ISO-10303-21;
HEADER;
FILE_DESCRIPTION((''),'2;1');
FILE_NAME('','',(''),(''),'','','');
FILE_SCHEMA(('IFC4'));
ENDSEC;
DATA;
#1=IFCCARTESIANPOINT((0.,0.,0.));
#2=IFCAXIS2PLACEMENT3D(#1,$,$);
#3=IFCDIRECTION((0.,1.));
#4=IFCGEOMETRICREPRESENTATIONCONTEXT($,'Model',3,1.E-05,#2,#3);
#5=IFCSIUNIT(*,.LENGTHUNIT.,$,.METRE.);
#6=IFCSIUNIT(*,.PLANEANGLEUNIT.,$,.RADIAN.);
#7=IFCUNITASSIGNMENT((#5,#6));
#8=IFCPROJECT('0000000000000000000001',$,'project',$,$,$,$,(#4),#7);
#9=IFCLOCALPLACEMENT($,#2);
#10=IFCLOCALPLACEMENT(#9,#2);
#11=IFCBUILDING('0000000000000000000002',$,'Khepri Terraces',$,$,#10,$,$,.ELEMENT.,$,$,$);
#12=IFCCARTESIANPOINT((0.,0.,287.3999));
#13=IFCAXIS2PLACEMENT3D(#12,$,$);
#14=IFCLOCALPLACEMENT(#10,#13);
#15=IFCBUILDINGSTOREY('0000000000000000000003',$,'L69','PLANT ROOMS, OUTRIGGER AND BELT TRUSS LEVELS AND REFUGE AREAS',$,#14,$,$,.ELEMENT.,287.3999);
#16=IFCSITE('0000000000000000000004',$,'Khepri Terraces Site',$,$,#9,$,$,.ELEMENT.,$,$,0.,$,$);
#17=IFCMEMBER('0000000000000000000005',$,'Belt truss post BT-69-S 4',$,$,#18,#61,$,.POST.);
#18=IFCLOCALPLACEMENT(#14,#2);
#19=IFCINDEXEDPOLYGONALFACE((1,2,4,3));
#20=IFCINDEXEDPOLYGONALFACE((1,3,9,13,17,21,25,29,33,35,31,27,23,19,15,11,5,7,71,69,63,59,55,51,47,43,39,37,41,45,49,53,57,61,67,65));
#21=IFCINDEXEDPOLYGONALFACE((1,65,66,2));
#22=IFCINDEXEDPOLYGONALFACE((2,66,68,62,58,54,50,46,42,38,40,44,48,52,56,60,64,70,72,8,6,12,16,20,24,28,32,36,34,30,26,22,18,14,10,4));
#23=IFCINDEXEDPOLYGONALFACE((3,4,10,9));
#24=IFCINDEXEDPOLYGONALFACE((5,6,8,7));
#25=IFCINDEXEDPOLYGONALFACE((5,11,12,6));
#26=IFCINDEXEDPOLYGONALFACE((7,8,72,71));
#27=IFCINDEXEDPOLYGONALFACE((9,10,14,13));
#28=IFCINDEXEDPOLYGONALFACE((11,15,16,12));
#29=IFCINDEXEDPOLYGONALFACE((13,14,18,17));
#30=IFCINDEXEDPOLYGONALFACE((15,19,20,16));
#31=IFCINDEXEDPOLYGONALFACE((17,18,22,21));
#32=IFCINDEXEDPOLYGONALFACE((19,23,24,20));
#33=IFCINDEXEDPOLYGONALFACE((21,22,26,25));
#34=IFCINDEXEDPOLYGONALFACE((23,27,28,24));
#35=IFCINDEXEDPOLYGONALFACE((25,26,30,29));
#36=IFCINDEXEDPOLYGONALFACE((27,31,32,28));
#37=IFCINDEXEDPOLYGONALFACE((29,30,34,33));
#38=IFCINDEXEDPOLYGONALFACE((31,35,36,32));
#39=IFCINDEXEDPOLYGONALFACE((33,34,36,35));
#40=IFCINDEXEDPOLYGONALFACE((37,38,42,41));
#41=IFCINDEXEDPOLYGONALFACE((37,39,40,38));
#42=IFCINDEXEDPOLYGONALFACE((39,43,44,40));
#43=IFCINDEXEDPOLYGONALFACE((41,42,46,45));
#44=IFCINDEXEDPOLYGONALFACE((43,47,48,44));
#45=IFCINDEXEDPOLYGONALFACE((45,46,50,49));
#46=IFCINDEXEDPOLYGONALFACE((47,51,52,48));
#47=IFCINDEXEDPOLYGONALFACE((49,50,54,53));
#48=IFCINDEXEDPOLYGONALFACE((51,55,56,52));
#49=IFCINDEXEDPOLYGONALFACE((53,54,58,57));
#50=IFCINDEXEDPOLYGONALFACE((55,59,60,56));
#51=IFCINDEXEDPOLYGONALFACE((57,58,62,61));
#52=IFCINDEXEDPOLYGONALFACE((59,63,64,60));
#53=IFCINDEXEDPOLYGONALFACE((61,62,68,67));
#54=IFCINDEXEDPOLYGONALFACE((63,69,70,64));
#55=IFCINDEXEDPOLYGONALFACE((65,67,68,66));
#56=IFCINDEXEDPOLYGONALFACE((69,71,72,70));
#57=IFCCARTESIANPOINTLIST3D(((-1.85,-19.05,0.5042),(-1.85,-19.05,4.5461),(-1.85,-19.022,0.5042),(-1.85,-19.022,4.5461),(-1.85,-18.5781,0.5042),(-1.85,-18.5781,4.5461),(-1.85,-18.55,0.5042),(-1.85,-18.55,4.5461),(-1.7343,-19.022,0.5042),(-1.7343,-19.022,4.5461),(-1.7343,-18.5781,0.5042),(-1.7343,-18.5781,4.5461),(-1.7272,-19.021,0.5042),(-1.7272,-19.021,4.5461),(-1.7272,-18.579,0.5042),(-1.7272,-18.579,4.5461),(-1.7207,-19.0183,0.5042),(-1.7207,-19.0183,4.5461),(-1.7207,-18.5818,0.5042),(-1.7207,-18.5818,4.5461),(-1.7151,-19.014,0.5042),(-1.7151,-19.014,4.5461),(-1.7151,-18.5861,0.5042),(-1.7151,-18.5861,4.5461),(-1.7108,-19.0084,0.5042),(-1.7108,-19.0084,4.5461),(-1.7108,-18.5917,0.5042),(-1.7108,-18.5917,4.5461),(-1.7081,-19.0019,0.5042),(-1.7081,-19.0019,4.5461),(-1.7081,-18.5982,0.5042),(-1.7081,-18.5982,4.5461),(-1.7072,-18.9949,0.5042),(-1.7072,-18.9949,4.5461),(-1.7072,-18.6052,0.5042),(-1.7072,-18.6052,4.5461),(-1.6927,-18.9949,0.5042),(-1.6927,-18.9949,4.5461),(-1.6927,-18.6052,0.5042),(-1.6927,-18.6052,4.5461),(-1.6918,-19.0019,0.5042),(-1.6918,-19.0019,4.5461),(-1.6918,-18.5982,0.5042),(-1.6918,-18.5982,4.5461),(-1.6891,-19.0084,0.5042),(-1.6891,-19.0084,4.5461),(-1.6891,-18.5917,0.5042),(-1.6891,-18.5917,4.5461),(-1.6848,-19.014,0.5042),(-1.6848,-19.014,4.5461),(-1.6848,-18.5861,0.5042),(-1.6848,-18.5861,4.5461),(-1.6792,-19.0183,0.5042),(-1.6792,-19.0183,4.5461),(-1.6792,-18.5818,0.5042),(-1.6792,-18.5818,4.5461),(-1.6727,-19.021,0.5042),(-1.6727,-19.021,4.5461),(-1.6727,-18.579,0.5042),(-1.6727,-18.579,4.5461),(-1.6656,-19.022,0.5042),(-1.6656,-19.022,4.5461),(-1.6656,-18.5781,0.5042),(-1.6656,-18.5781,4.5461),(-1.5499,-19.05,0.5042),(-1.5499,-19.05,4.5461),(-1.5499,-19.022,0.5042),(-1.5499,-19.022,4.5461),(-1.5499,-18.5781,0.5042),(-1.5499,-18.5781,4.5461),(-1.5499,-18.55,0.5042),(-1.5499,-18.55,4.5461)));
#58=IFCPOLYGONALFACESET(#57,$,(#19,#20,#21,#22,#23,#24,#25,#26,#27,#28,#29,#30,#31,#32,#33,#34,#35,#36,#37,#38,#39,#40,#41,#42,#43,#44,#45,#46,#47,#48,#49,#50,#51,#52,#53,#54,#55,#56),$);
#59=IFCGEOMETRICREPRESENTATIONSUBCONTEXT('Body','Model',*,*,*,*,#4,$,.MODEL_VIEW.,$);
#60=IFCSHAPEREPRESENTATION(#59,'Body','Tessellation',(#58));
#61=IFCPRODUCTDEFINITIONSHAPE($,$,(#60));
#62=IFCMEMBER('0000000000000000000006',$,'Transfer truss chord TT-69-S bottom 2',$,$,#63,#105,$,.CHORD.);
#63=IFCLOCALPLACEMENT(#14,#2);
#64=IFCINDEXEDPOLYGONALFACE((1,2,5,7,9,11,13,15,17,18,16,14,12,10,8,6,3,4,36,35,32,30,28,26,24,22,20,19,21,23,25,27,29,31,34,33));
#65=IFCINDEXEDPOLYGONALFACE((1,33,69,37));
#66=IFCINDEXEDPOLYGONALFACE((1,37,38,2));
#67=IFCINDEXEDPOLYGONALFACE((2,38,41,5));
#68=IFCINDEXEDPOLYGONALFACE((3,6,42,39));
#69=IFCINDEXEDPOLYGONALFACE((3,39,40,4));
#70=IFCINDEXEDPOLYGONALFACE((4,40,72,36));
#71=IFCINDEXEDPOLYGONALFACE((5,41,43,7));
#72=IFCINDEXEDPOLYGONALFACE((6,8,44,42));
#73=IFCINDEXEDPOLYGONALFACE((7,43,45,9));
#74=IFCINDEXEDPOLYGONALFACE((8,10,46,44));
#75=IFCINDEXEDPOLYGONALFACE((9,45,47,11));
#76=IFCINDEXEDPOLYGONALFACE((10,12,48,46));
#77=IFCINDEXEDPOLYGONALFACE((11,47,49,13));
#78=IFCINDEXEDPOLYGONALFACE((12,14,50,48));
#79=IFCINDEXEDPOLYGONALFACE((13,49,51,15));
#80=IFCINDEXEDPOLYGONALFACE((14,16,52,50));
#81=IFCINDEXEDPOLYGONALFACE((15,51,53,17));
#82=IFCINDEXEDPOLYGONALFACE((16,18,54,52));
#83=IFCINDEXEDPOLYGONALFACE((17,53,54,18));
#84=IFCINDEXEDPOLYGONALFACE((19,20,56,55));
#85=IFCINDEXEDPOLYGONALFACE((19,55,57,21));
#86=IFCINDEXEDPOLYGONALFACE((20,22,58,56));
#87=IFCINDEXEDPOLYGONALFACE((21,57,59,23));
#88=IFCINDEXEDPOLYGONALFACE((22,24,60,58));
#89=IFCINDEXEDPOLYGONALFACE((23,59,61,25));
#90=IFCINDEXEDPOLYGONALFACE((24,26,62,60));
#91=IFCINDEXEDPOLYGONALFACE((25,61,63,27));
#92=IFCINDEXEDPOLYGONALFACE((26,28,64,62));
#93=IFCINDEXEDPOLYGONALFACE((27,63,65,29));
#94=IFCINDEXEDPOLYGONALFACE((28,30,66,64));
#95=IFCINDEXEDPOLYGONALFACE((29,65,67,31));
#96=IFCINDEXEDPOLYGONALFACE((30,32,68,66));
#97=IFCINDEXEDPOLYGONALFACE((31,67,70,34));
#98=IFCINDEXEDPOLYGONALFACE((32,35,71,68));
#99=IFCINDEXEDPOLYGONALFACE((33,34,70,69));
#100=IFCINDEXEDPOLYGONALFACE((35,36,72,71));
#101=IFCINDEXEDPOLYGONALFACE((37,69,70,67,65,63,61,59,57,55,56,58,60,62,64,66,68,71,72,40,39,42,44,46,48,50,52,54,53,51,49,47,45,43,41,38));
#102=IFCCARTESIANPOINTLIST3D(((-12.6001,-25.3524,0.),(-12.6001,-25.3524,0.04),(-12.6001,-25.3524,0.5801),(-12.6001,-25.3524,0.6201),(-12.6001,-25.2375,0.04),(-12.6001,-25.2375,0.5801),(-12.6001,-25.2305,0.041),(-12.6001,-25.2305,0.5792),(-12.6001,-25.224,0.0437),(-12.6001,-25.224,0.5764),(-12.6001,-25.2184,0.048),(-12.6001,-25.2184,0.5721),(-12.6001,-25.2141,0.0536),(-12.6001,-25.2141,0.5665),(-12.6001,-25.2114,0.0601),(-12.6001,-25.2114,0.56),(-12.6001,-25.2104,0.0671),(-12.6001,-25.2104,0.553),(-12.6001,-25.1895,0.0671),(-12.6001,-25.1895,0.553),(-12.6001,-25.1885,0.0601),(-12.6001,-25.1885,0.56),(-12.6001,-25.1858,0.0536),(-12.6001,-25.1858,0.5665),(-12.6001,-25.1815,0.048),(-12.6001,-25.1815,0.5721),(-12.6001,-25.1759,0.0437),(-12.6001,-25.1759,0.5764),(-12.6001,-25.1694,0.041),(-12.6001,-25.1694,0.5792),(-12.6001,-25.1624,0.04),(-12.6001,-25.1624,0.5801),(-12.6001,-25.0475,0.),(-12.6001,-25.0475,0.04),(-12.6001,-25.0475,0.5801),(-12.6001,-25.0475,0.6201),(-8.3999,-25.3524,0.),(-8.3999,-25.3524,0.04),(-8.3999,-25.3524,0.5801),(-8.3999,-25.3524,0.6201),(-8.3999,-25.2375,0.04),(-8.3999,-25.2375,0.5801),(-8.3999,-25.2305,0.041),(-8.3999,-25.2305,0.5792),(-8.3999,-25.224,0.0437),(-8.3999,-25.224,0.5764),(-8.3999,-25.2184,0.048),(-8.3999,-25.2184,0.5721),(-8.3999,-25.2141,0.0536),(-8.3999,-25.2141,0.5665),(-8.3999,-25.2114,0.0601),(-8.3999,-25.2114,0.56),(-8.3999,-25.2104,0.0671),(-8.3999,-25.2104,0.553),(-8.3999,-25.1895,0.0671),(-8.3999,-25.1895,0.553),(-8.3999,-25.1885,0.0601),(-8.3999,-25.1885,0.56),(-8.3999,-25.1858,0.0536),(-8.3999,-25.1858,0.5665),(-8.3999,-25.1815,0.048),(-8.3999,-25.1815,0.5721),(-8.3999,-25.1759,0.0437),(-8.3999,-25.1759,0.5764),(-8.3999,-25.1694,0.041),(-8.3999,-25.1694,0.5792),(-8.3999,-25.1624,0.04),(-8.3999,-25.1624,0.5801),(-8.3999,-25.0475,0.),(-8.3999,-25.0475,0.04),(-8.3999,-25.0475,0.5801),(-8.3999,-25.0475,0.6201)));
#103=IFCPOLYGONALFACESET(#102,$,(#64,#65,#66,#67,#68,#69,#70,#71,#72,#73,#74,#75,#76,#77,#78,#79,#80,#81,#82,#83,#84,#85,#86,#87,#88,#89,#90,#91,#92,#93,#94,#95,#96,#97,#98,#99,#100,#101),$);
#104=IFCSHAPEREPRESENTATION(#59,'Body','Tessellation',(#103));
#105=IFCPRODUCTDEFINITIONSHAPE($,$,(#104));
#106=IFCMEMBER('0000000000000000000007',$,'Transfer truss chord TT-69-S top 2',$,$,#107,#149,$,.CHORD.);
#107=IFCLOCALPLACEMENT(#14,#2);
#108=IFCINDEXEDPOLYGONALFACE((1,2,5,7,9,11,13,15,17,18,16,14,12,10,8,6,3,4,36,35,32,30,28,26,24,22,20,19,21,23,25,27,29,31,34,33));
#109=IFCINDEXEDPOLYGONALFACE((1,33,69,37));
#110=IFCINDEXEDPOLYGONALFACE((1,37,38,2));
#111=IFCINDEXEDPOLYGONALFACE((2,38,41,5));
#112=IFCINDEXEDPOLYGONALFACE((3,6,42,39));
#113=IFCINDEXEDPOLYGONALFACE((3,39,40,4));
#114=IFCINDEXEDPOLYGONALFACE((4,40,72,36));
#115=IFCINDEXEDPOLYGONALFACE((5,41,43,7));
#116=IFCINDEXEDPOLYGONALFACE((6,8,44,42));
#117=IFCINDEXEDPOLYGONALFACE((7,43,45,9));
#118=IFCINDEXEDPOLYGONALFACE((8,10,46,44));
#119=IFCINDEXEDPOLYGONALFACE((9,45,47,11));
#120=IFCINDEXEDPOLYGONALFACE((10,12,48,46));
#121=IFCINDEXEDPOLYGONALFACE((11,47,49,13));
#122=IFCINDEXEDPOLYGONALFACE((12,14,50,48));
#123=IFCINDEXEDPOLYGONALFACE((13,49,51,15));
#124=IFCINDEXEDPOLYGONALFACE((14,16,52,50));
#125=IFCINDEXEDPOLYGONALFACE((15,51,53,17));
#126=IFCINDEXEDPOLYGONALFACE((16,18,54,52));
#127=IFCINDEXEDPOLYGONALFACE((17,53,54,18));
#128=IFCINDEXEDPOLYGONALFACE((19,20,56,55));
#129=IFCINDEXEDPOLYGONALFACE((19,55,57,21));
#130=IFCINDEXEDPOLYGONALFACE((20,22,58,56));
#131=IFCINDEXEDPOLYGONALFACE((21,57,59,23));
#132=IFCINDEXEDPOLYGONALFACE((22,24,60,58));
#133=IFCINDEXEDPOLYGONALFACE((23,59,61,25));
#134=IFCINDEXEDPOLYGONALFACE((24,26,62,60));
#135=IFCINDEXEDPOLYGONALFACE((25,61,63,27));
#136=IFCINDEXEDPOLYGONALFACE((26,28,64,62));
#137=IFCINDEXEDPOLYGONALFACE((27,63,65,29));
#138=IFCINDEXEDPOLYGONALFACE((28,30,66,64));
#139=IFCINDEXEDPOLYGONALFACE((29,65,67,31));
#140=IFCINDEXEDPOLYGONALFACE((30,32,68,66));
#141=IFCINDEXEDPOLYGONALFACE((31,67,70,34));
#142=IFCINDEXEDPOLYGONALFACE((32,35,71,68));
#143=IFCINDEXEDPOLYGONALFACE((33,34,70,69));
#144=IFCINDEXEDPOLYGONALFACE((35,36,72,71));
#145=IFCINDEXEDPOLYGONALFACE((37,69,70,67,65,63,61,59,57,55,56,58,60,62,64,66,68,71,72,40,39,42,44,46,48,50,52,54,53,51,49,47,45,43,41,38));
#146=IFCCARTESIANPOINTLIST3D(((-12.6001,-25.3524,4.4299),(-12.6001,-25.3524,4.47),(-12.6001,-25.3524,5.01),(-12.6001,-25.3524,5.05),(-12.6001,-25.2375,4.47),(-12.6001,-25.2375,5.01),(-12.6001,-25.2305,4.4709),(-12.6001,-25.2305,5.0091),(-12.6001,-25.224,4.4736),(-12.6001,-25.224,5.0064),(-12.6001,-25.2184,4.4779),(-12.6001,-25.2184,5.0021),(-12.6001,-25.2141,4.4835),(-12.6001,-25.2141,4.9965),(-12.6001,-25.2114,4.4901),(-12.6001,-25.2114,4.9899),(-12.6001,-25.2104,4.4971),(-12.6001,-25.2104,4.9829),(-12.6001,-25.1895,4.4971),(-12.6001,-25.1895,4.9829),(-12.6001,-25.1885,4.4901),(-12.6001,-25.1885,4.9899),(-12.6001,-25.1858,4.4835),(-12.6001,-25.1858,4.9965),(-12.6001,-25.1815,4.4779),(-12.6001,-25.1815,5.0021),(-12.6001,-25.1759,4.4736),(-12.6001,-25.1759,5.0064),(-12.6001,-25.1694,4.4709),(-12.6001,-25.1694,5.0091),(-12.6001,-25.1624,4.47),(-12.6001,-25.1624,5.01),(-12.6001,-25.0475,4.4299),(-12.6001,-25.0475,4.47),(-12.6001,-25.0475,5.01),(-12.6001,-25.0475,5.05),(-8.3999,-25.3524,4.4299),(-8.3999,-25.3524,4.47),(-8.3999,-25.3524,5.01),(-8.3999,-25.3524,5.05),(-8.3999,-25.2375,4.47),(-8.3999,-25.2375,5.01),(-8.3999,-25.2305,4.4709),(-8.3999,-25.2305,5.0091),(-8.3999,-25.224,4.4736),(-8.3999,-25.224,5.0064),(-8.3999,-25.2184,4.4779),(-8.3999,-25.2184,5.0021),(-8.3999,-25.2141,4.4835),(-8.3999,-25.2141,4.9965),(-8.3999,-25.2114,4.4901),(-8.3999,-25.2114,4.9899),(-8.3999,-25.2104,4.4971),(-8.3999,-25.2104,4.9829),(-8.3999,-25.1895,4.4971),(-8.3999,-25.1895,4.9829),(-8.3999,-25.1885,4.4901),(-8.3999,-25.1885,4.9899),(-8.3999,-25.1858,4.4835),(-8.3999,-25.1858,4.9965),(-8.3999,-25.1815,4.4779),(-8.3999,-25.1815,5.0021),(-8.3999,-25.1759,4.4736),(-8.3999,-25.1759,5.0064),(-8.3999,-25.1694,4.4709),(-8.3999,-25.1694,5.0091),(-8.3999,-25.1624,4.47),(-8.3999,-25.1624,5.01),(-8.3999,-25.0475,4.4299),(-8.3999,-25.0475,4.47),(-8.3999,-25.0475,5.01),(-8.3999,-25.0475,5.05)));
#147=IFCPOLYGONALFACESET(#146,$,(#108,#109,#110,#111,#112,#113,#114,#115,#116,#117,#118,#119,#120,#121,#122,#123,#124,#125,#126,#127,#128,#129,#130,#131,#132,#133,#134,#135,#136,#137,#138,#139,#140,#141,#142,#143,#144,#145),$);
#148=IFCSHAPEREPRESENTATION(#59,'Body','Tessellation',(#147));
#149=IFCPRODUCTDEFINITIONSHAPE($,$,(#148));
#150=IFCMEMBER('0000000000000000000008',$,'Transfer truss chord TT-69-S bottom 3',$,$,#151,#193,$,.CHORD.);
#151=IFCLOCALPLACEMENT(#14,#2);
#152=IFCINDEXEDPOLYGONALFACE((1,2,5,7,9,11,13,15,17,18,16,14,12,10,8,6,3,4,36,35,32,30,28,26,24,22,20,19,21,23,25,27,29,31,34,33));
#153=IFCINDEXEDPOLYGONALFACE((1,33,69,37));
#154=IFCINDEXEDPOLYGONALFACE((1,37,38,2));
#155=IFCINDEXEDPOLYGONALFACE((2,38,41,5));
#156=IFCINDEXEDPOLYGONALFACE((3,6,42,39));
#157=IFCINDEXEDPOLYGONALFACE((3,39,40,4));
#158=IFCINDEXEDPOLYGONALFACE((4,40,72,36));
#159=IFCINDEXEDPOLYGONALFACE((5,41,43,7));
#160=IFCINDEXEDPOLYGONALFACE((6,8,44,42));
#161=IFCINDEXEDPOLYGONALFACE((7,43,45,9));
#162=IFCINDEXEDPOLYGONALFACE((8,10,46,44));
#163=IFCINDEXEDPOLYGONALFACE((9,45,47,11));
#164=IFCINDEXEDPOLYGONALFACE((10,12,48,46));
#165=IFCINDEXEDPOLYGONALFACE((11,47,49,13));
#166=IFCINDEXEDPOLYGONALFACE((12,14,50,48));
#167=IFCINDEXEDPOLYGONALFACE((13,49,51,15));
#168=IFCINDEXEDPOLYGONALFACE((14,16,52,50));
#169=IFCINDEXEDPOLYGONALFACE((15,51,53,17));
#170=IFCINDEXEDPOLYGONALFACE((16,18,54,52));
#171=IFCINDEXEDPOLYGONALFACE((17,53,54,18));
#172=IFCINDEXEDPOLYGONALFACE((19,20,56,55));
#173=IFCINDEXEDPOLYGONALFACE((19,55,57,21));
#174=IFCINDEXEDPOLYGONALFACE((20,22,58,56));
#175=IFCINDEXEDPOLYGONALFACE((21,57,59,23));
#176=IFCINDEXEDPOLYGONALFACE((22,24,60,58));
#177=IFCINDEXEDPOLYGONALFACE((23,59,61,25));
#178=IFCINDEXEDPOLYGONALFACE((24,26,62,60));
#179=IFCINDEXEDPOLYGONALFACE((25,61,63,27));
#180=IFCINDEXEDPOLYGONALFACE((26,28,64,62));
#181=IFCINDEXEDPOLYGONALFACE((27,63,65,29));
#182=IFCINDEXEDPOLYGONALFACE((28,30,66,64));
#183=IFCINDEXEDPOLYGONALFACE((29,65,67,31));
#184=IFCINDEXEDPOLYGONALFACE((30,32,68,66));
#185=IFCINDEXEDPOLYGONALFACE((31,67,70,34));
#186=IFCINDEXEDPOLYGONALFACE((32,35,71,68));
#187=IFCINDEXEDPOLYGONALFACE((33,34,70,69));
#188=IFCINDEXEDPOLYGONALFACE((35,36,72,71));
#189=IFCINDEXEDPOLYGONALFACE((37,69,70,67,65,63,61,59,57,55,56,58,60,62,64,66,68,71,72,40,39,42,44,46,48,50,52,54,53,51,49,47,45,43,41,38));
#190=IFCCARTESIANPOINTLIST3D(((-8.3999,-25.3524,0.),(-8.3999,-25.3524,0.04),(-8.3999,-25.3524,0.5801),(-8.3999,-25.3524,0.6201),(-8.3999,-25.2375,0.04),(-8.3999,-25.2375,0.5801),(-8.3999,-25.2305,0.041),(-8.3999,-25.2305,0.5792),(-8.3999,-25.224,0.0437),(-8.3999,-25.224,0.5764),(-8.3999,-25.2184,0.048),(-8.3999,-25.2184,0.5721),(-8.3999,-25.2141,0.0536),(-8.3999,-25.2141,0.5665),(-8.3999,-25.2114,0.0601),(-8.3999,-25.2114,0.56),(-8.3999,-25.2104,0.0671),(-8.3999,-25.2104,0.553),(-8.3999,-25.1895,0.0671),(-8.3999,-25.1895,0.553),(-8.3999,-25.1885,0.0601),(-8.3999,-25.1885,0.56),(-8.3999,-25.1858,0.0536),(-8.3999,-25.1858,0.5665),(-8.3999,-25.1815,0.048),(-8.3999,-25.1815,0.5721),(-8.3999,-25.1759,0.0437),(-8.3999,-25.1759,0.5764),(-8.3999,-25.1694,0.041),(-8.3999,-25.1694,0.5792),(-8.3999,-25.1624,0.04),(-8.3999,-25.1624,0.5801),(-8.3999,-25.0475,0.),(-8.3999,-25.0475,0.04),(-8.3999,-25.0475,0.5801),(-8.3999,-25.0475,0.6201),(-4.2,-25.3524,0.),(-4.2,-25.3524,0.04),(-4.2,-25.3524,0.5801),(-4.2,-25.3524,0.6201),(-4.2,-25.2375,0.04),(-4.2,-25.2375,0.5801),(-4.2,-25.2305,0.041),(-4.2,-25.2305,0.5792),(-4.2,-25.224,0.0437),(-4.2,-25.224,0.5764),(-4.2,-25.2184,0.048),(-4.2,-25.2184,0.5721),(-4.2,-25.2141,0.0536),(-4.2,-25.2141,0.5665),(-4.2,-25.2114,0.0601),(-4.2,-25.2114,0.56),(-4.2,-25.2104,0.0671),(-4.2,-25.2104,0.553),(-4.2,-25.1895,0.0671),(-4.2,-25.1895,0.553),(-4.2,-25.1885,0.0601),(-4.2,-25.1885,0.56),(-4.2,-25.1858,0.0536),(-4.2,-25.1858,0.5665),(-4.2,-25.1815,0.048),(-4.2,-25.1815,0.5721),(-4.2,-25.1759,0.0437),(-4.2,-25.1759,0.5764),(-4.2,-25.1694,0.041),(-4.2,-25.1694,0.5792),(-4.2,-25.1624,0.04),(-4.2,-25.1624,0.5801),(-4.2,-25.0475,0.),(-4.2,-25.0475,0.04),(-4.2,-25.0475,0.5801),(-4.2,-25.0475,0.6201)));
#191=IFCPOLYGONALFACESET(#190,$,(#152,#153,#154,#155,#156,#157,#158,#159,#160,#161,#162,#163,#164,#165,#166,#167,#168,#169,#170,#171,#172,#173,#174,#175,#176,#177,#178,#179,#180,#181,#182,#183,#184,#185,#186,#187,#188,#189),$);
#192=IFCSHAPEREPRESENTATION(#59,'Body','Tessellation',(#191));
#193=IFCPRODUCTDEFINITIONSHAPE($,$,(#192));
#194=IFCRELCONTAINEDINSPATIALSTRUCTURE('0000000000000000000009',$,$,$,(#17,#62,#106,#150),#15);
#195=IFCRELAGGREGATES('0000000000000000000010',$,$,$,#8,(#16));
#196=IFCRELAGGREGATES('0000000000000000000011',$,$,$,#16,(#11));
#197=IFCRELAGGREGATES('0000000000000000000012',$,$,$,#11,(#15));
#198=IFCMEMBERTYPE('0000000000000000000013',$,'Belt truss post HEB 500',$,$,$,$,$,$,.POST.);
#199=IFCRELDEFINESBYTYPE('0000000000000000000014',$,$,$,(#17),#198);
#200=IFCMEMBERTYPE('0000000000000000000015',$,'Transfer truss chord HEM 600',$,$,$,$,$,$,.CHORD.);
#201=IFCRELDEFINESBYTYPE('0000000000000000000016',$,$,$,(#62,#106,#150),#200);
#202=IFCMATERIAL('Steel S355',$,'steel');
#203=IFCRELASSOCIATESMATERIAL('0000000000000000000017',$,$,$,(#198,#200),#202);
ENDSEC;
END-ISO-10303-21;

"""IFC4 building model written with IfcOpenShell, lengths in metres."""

from ifc_helpers import new_model, si_unit, direction, frame, origin, origin_2d, place, context, subcontext, project, spatial, i_section, extrude, material, material_profile, profile_set, type_object, element, save


model = new_model("IFC4")

# Units and contexts
model_context = context("Model", 3, precision=1e-05, world=origin(), true_north=direction((0.0, 1.0)))
body_context = subcontext(model_context, "Body", "Model", "MODEL_VIEW")
ifc_project = project(units=[si_unit("LENGTHUNIT", "METRE"), si_unit("PLANEANGLEUNIT", "RADIAN")], contexts=[model_context])

# Site, building, storey
site_placement = place(None, origin())
site = spatial("IfcSite", under=ifc_project, at=site_placement, Name="Khepri Terraces Site", CompositionType="ELEMENT", RefElevation=0.0)
building_placement = place(site_placement, origin())
building = spatial("IfcBuilding", under=site, at=building_placement, Name="Khepri Terraces", CompositionType="ELEMENT")
storey_placement = place(building_placement, frame((0.0, 0.0, 287.3999)))
storey = spatial("IfcBuildingStorey", under=building, at=storey_placement, Name="L69", Description="PLANT ROOMS, OUTRIGGER AND BELT TRUSS LEVELS AND REFUGE AREAS", CompositionType="ELEMENT", Elevation=287.3999)

# Members
ifc_material_1 = material(Name="Steel S355", Category="steel")
ifc_material_profile_1 = material_profile(ifc_material_1, i_section(OverallWidth=0.3, OverallDepth=0.5, WebThickness=0.0144, FlangeThickness=0.0281, FilletRadius=0.0271, at=origin_2d()), Name="Steel S355", Category="steel")
ifc_profile_set_1 = profile_set([ifc_material_profile_1], Name="Steel S355")
member_type_1 = type_object("IfcMemberType", Name="Belt truss post HEB 500", PredefinedType="POST", material=ifc_profile_set_1)
for number, where, z_axis, x_axis, name in (
    (1, (-1.7, -18.8, 0.5042), (0.0, 0.0, 1.0), (1.0, 0.0, 0.0), "Belt truss post BT-69-S 4"),
):
    element("IfcMember", number, at=place(storey_placement, frame(where, z_axis=z_axis, x_axis=x_axis)), inside=storey, type_object=member_type_1, Name=name, PredefinedType="POST", context=body_context, shape_type="SweptSolid", body=[
        extrude(i_section(OverallWidth=0.3, OverallDepth=0.5, WebThickness=0.0144, FlangeThickness=0.0281, FilletRadius=0.0271, at=origin_2d()), origin(), (0.0, 0.0, 1.0), 4.042),
    ])
ifc_material_profile_2 = material_profile(ifc_material_1, i_section(OverallWidth=0.3049, OverallDepth=0.6201, WebThickness=0.021, FlangeThickness=0.04, FilletRadius=0.0271, at=origin_2d()), Name="Steel S355", Category="steel")
ifc_profile_set_2 = profile_set([ifc_material_profile_2], Name="Steel S355")
member_type_2 = type_object("IfcMemberType", Name="Transfer truss chord HEM 600", PredefinedType="CHORD", material=ifc_profile_set_2)
for number, where, z_axis, x_axis, name in (
    (2, (-12.6001, -25.2, 0.3101), (1.0, 0.0, 0.0), (0.0, 1.0, 0.0), "Transfer truss chord TT-69-S bottom 2"),
    (3, (-12.6001, -25.2, 4.74), (1.0, 0.0, 0.0), (0.0, 1.0, 0.0), "Transfer truss chord TT-69-S top 2"),
):
    element("IfcMember", number, at=place(storey_placement, frame(where, z_axis=z_axis, x_axis=x_axis)), inside=storey, type_object=member_type_2, Name=name, PredefinedType="CHORD", context=body_context, shape_type="SweptSolid", body=[
        extrude(i_section(OverallWidth=0.3049, OverallDepth=0.6201, WebThickness=0.021, FlangeThickness=0.04, FilletRadius=0.0271, at=origin_2d()), origin(), (0.0, 0.0, 1.0), 4.2002),
    ])
for number, where, z_axis, x_axis, name in (
    (4, (-8.3999, -25.2, 0.3101), (1.0, 0.0, 0.0), (0.0, 1.0, 0.0), "Transfer truss chord TT-69-S bottom 3"),
):
    element("IfcMember", number, at=place(storey_placement, frame(where, z_axis=z_axis, x_axis=x_axis)), inside=storey, type_object=member_type_2, Name=name, PredefinedType="CHORD", context=body_context, shape_type="SweptSolid", body=[
        extrude(i_section(OverallWidth=0.3049, OverallDepth=0.6201, WebThickness=0.021, FlangeThickness=0.04, FilletRadius=0.0271, at=origin_2d()), origin(), (0.0, 0.0, 1.0), 4.2),
    ])

save(model, "model.ifc")
